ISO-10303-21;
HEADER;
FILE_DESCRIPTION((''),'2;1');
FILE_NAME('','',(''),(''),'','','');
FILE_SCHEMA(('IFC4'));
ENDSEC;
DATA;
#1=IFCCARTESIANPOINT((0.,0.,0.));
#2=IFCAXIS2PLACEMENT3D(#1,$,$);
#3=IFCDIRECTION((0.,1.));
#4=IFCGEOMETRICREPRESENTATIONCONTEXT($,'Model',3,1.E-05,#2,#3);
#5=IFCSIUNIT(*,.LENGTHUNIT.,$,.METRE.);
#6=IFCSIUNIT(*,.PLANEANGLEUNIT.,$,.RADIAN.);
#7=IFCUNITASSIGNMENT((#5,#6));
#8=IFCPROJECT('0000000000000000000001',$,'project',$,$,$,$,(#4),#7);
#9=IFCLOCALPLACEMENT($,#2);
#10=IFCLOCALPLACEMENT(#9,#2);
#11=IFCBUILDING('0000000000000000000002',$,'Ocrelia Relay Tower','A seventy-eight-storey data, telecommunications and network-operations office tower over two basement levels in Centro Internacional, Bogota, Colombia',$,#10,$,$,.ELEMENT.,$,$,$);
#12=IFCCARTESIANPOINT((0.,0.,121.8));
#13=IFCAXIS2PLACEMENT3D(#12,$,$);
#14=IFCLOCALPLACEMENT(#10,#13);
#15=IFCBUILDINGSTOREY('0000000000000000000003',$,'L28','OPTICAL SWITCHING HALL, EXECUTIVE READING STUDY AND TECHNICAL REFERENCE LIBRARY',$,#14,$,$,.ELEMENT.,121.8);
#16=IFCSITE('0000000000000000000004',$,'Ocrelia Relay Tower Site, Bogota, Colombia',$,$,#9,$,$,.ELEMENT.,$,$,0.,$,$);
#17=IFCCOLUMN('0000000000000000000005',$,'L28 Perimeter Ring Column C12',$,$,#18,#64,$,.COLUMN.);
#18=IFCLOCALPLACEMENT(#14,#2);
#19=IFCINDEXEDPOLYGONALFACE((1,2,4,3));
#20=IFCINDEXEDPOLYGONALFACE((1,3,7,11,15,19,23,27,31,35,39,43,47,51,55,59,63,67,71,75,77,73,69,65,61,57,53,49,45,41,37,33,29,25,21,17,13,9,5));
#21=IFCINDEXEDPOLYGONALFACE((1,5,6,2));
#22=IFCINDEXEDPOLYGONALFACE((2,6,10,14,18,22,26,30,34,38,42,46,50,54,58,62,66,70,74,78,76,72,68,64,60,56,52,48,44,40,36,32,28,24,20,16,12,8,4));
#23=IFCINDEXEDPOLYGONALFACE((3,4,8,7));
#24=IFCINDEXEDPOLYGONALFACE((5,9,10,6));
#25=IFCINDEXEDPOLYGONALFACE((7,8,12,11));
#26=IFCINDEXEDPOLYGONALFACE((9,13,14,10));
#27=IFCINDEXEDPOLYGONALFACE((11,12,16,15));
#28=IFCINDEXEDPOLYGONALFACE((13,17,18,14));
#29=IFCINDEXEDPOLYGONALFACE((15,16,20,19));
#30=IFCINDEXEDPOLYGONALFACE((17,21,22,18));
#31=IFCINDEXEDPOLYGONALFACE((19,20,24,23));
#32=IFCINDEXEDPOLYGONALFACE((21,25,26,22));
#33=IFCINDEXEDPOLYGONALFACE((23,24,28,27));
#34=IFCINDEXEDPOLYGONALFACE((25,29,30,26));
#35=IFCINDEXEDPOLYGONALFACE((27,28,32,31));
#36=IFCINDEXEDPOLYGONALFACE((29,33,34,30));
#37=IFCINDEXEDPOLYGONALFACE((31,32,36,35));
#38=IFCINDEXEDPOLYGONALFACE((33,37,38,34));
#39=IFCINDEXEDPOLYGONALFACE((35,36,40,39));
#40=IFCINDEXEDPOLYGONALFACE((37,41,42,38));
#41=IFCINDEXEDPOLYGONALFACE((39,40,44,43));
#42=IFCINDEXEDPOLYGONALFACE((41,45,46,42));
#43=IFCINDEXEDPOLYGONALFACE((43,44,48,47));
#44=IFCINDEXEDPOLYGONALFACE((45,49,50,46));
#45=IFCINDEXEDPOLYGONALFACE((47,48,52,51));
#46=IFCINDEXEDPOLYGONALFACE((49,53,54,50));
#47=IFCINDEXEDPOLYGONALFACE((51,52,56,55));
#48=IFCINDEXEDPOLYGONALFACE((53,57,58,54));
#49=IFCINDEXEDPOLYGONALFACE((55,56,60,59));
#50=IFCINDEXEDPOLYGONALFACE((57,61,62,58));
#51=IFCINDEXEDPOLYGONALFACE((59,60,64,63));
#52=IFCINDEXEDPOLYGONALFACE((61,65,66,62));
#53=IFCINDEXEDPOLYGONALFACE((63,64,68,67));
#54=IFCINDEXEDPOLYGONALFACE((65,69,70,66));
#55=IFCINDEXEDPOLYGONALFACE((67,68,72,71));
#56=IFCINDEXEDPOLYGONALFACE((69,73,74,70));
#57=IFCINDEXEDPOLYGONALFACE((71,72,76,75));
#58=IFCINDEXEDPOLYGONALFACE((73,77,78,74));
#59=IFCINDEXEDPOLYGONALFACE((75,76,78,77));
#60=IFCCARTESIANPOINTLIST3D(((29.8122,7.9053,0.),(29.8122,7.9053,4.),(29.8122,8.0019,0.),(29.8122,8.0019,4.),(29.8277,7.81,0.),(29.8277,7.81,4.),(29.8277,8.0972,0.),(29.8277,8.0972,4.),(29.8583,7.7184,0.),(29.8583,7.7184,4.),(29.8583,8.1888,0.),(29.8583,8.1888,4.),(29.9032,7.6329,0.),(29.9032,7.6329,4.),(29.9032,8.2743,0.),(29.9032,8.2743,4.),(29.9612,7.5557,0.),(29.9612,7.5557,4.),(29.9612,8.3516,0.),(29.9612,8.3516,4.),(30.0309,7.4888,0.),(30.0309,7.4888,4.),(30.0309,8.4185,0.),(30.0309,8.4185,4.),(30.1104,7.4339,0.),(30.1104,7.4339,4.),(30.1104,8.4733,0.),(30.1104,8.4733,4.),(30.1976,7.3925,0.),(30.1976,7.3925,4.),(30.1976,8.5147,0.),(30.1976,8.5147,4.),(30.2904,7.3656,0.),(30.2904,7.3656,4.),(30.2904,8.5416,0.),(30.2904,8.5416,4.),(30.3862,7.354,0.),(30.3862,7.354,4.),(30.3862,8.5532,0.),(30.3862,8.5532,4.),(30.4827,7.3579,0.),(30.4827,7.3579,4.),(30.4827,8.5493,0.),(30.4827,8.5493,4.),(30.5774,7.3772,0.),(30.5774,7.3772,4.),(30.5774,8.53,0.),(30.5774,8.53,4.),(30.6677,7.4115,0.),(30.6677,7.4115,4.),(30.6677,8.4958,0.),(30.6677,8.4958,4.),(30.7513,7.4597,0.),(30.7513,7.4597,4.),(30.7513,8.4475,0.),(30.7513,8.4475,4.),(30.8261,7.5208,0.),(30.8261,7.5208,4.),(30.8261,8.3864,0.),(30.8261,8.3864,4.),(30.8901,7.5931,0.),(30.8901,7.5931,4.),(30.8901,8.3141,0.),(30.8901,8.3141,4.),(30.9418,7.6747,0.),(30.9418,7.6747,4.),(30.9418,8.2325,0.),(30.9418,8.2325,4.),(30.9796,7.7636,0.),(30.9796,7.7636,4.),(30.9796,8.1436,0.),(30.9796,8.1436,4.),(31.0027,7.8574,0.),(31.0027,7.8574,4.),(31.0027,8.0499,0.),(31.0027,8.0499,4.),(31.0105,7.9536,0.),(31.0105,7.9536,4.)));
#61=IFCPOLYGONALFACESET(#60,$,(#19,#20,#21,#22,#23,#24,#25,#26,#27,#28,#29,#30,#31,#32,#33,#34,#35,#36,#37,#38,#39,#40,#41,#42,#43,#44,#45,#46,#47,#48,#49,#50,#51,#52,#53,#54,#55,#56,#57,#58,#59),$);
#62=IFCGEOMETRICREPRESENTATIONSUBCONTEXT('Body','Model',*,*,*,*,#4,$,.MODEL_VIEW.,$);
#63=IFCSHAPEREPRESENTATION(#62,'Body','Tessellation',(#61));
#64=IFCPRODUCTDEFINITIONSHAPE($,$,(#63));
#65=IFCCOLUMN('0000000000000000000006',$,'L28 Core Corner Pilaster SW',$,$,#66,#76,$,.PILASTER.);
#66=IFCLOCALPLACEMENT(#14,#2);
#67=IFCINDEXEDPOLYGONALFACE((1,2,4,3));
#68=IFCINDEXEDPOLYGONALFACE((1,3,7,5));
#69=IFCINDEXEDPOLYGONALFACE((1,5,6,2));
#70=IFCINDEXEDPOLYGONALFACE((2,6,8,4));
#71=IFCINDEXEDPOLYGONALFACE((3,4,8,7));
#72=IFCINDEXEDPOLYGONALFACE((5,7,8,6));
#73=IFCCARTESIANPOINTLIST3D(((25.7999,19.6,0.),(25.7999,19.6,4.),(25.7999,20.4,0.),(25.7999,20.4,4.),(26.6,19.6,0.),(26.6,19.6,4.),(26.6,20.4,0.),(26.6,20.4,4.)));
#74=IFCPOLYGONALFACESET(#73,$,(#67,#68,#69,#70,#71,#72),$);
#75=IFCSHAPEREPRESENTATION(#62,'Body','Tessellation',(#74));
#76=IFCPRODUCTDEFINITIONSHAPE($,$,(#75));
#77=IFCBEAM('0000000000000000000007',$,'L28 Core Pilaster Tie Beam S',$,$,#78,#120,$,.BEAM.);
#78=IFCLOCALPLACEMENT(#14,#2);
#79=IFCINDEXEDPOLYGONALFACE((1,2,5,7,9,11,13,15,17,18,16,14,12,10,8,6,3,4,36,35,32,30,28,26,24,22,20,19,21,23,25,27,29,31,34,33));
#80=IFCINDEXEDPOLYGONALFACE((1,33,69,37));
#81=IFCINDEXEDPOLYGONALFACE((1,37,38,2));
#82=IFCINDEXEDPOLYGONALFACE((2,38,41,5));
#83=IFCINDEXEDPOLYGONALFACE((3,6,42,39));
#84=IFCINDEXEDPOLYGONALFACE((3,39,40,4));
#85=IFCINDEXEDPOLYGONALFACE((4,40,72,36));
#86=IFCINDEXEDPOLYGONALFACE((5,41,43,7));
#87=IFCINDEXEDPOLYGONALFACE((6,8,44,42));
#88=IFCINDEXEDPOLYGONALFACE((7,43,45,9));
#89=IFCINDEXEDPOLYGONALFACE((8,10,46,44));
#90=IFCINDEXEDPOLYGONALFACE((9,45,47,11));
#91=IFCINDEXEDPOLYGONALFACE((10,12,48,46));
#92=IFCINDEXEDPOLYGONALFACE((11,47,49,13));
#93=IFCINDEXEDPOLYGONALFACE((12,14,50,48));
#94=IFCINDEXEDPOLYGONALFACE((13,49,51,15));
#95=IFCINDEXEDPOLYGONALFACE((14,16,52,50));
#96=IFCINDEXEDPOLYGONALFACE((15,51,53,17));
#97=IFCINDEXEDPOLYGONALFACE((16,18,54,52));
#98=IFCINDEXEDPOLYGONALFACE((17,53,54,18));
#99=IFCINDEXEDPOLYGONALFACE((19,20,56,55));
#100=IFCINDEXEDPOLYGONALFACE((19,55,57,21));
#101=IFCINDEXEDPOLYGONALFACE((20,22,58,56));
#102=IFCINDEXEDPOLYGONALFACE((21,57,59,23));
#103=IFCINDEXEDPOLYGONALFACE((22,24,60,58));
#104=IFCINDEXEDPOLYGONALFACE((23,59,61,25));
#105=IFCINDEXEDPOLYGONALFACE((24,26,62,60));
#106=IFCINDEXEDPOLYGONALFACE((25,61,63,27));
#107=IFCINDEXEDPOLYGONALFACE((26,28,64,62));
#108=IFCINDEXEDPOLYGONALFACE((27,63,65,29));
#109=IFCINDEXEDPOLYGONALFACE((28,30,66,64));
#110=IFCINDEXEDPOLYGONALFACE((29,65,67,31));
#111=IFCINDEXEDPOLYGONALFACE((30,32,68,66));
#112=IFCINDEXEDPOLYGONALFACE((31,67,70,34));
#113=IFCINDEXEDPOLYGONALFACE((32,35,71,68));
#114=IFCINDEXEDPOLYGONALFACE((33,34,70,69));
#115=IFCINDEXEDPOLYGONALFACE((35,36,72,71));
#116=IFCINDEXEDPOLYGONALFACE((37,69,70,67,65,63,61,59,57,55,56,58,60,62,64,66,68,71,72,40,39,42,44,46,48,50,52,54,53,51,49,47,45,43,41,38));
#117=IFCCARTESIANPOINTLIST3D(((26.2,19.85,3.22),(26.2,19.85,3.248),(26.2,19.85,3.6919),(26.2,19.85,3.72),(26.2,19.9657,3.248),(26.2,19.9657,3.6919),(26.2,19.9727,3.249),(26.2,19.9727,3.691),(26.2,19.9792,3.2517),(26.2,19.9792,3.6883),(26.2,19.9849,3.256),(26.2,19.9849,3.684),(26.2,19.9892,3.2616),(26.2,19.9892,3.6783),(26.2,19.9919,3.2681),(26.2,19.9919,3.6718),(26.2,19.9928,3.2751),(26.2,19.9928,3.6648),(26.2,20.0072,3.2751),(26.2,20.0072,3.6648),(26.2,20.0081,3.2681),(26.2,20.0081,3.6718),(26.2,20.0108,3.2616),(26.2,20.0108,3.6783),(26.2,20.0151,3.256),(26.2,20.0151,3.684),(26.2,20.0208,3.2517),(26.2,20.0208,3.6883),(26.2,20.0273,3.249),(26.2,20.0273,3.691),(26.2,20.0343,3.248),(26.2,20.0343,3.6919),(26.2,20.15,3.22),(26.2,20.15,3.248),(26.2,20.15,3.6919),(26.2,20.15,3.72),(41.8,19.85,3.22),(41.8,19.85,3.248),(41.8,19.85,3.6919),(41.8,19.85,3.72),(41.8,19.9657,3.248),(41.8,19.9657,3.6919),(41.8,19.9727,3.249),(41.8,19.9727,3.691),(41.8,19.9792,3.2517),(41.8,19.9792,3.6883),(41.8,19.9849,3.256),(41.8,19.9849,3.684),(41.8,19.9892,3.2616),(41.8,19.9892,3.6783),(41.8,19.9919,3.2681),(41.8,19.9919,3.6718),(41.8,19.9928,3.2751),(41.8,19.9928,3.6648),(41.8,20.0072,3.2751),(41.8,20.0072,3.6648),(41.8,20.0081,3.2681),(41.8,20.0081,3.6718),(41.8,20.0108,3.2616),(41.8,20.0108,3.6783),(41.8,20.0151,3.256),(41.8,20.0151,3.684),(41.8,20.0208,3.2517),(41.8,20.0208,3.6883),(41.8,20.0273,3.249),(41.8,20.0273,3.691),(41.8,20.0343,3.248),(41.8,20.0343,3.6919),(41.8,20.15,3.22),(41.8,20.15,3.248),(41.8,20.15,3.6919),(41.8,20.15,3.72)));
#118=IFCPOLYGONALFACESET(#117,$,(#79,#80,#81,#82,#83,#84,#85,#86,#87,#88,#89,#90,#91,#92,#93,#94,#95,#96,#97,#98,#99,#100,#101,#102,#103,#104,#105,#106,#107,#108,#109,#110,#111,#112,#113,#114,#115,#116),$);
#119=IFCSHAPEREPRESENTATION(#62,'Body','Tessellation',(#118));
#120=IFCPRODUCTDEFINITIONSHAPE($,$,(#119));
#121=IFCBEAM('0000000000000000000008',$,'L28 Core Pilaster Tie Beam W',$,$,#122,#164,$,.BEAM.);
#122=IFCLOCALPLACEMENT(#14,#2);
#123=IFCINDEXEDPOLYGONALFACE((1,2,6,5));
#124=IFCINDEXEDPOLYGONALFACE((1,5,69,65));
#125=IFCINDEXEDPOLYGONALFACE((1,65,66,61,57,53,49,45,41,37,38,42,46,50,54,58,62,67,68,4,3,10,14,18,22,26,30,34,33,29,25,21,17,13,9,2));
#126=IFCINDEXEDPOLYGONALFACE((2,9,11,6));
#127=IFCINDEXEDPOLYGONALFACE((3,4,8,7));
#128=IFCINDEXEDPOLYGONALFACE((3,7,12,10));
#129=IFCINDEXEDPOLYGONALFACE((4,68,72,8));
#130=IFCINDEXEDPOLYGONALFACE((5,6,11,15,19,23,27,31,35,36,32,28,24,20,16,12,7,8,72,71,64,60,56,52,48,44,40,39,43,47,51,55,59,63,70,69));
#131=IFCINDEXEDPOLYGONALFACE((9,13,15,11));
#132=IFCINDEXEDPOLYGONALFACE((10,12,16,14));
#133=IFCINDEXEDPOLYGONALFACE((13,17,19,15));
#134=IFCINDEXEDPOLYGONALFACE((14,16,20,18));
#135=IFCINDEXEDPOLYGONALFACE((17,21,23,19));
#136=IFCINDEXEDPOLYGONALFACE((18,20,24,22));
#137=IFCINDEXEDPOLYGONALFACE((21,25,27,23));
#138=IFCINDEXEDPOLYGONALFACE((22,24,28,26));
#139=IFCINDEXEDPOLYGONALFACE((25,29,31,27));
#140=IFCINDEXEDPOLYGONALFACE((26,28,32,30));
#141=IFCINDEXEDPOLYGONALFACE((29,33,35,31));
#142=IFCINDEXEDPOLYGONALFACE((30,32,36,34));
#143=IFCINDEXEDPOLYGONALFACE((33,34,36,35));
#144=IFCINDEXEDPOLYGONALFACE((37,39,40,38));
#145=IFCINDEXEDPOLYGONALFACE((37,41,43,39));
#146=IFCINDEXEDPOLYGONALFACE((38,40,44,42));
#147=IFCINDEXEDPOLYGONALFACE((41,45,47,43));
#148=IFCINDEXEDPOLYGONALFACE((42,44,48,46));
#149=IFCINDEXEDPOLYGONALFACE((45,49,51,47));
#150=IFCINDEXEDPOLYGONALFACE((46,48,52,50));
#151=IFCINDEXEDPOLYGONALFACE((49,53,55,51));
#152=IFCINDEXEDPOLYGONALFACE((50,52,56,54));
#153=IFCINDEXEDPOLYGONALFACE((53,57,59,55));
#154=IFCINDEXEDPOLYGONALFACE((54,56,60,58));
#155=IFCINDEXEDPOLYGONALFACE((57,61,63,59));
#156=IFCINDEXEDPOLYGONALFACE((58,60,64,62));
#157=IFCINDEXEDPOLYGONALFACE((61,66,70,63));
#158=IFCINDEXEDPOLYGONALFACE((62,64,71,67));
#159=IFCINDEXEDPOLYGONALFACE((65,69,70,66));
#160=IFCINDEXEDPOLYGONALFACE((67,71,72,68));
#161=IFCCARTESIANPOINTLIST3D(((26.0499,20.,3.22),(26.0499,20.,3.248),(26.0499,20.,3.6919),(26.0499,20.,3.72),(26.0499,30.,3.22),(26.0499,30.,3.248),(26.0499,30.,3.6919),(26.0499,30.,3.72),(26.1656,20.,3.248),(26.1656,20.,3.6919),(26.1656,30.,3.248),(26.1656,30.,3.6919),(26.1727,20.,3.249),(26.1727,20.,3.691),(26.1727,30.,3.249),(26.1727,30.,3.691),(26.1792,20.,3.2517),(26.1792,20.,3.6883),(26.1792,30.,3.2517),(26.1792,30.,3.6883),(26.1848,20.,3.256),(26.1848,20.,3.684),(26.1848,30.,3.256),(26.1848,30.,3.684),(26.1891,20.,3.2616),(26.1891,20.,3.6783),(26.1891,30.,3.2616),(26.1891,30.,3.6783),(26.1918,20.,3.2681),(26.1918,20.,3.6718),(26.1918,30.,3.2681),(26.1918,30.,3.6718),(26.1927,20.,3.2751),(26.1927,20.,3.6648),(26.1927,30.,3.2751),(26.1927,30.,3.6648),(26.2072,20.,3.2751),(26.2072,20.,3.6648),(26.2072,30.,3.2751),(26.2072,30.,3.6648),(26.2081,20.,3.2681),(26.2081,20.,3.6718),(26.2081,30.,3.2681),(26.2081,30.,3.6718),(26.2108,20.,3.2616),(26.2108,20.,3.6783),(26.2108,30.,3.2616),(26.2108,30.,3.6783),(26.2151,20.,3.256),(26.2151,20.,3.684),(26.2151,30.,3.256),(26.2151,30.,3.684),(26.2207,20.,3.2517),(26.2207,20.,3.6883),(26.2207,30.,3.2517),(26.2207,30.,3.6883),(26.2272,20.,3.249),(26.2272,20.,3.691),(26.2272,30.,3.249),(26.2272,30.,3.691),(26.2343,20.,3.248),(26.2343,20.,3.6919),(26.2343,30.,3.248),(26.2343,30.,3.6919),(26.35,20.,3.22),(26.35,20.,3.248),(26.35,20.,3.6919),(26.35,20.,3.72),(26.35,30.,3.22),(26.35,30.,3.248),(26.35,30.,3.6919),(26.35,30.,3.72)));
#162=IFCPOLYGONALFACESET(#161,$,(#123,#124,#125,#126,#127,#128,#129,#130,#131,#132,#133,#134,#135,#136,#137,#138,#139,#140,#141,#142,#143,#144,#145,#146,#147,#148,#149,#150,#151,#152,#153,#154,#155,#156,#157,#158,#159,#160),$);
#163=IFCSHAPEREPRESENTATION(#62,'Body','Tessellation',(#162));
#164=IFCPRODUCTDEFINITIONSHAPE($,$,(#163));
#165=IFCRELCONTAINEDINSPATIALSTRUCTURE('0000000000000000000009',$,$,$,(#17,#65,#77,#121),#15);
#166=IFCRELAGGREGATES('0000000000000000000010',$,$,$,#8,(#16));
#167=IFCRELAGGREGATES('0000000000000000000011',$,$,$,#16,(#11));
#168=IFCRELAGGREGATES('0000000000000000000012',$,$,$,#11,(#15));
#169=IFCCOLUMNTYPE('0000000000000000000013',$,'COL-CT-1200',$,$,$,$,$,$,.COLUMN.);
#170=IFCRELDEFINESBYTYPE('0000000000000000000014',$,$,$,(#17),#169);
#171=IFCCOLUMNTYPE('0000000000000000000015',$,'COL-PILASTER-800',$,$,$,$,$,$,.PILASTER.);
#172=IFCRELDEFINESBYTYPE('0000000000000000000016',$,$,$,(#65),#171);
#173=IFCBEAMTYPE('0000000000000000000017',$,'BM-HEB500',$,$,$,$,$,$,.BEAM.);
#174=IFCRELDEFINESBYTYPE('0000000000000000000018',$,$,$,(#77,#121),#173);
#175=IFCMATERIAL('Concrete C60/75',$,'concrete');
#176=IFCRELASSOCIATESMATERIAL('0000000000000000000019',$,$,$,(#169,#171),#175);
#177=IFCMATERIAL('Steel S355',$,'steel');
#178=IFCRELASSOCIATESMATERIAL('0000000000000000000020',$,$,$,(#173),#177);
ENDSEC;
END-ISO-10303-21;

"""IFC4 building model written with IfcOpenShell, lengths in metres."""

from ifc_helpers import new_model, si_unit, direction, frame, origin, origin_2d, place, context, subcontext, project, spatial, rectangle, circle, i_section, extrude, material, material_profile, profile_set, type_object, element, save


model = new_model("IFC4")

# Units and contexts
model_context = context("Model", 3, precision=1e-05, world=origin(), true_north=direction((0.0, 1.0)))
body_context = subcontext(model_context, "Body", "Model", "MODEL_VIEW")
ifc_project = project(units=[si_unit("LENGTHUNIT", "METRE"), si_unit("PLANEANGLEUNIT", "RADIAN")], contexts=[model_context])

# Site, building, storey
site_placement = place(None, origin())
site = spatial("IfcSite", under=ifc_project, at=site_placement, Name="Ocrelia Relay Tower Site, Bogota, Colombia", CompositionType="ELEMENT", RefElevation=0.0)
building_placement = place(site_placement, origin())
building = spatial("IfcBuilding", under=site, at=building_placement, Name="Ocrelia Relay Tower", Description="A seventy-eight-storey data, telecommunications and network-operations office tower over two basement levels in Centro Internacional, Bogota, Colombia", CompositionType="ELEMENT")
storey_placement = place(building_placement, frame((0.0, 0.0, 121.8)))
storey = spatial("IfcBuildingStorey", under=building, at=storey_placement, Name="L28", Description="OPTICAL SWITCHING HALL, EXECUTIVE READING STUDY AND TECHNICAL REFERENCE LIBRARY", CompositionType="ELEMENT", Elevation=121.8)

# Columns
ifc_material_1 = material(Name="Concrete C60/75", Category="concrete")
ifc_material_profile_1 = material_profile(ifc_material_1, circle(Radius=0.6001, at=origin_2d()), Name="RC-CIR-1200")
ifc_profile_set_1 = profile_set([ifc_material_profile_1], Name="Concrete C60/75")
column_type_1 = type_object("IfcColumnType", Name="COL-CT-1200", PredefinedType="COLUMN", material=ifc_profile_set_1)
column_1_placement = place(storey_placement, frame((30.4104, 7.9536, 0.0), z_axis=(0.0, 0.0, 1.0), x_axis=(1.0, 0.0, 0.0)))
element("IfcColumn", 1, at=column_1_placement, inside=storey, type_object=column_type_1, Name="L28 Perimeter Ring Column C12", PredefinedType="COLUMN", context=body_context, shape_type="SweptSolid", body=[
    extrude(circle(Radius=0.6001, at=origin_2d()), origin(), (0.0, 0.0, 1.0), 4.0),
])
ifc_material_profile_2 = material_profile(ifc_material_1, rectangle(XDim=0.8, YDim=0.8, at=origin_2d()), Name="RC-COL-800x800")
ifc_profile_set_2 = profile_set([ifc_material_profile_2], Name="Concrete C60/75")
column_type_2 = type_object("IfcColumnType", Name="COL-PILASTER-800", PredefinedType="PILASTER", material=ifc_profile_set_2)
column_2_placement = place(storey_placement, frame((26.2, 20.0, 0.0), z_axis=(0.0, 0.0, 1.0), x_axis=(1.0, 0.0, 0.0)))
element("IfcColumn", 2, at=column_2_placement, inside=storey, type_object=column_type_2, Name="L28 Core Corner Pilaster SW", PredefinedType="PILASTER", context=body_context, shape_type="SweptSolid", body=[
    extrude(rectangle(XDim=0.8, YDim=0.8, at=origin_2d()), origin(), (0.0, 0.0, 1.0), 4.0),
])

# Beams
ifc_material_2 = material(Name="Steel S355", Category="steel")
ifc_material_profile_3 = material_profile(ifc_material_2, i_section(OverallWidth=0.3, OverallDepth=0.5, WebThickness=0.0144, FlangeThickness=0.0281, FilletRadius=0.0271, at=origin_2d()), Name="HEB 500")
ifc_profile_set_3 = profile_set([ifc_material_profile_3], Name="Steel S355")
beam_type_1 = type_object("IfcBeamType", Name="BM-HEB500", PredefinedType="BEAM", material=ifc_profile_set_3)
beam_1_placement = place(storey_placement, frame((26.2, 20.0, 3.47), z_axis=(1.0, 0.0, 0.0), x_axis=(0.0, 1.0, 0.0)))
element("IfcBeam", 3, at=beam_1_placement, inside=storey, type_object=beam_type_1, Name="L28 Core Pilaster Tie Beam S", PredefinedType="BEAM", context=body_context, shape_type="SweptSolid", body=[
    extrude(i_section(OverallWidth=0.3, OverallDepth=0.5, WebThickness=0.0144, FlangeThickness=0.0281, FilletRadius=0.0271, at=origin_2d()), origin(), (0.0, 0.0, 1.0), 15.6001),
])
beam_2_placement = place(storey_placement, frame((26.2, 20.0, 3.47), z_axis=(0.0, 1.0, 0.0), x_axis=(-1.0, 0.0, 0.0)))
element("IfcBeam", 4, at=beam_2_placement, inside=storey, type_object=beam_type_1, Name="L28 Core Pilaster Tie Beam W", PredefinedType="BEAM", context=body_context, shape_type="SweptSolid", body=[
    extrude(i_section(OverallWidth=0.3, OverallDepth=0.5, WebThickness=0.0144, FlangeThickness=0.0281, FilletRadius=0.0271, at=origin_2d()), origin(), (0.0, 0.0, 1.0), 10.0),
])

save(model, "model.ifc")
